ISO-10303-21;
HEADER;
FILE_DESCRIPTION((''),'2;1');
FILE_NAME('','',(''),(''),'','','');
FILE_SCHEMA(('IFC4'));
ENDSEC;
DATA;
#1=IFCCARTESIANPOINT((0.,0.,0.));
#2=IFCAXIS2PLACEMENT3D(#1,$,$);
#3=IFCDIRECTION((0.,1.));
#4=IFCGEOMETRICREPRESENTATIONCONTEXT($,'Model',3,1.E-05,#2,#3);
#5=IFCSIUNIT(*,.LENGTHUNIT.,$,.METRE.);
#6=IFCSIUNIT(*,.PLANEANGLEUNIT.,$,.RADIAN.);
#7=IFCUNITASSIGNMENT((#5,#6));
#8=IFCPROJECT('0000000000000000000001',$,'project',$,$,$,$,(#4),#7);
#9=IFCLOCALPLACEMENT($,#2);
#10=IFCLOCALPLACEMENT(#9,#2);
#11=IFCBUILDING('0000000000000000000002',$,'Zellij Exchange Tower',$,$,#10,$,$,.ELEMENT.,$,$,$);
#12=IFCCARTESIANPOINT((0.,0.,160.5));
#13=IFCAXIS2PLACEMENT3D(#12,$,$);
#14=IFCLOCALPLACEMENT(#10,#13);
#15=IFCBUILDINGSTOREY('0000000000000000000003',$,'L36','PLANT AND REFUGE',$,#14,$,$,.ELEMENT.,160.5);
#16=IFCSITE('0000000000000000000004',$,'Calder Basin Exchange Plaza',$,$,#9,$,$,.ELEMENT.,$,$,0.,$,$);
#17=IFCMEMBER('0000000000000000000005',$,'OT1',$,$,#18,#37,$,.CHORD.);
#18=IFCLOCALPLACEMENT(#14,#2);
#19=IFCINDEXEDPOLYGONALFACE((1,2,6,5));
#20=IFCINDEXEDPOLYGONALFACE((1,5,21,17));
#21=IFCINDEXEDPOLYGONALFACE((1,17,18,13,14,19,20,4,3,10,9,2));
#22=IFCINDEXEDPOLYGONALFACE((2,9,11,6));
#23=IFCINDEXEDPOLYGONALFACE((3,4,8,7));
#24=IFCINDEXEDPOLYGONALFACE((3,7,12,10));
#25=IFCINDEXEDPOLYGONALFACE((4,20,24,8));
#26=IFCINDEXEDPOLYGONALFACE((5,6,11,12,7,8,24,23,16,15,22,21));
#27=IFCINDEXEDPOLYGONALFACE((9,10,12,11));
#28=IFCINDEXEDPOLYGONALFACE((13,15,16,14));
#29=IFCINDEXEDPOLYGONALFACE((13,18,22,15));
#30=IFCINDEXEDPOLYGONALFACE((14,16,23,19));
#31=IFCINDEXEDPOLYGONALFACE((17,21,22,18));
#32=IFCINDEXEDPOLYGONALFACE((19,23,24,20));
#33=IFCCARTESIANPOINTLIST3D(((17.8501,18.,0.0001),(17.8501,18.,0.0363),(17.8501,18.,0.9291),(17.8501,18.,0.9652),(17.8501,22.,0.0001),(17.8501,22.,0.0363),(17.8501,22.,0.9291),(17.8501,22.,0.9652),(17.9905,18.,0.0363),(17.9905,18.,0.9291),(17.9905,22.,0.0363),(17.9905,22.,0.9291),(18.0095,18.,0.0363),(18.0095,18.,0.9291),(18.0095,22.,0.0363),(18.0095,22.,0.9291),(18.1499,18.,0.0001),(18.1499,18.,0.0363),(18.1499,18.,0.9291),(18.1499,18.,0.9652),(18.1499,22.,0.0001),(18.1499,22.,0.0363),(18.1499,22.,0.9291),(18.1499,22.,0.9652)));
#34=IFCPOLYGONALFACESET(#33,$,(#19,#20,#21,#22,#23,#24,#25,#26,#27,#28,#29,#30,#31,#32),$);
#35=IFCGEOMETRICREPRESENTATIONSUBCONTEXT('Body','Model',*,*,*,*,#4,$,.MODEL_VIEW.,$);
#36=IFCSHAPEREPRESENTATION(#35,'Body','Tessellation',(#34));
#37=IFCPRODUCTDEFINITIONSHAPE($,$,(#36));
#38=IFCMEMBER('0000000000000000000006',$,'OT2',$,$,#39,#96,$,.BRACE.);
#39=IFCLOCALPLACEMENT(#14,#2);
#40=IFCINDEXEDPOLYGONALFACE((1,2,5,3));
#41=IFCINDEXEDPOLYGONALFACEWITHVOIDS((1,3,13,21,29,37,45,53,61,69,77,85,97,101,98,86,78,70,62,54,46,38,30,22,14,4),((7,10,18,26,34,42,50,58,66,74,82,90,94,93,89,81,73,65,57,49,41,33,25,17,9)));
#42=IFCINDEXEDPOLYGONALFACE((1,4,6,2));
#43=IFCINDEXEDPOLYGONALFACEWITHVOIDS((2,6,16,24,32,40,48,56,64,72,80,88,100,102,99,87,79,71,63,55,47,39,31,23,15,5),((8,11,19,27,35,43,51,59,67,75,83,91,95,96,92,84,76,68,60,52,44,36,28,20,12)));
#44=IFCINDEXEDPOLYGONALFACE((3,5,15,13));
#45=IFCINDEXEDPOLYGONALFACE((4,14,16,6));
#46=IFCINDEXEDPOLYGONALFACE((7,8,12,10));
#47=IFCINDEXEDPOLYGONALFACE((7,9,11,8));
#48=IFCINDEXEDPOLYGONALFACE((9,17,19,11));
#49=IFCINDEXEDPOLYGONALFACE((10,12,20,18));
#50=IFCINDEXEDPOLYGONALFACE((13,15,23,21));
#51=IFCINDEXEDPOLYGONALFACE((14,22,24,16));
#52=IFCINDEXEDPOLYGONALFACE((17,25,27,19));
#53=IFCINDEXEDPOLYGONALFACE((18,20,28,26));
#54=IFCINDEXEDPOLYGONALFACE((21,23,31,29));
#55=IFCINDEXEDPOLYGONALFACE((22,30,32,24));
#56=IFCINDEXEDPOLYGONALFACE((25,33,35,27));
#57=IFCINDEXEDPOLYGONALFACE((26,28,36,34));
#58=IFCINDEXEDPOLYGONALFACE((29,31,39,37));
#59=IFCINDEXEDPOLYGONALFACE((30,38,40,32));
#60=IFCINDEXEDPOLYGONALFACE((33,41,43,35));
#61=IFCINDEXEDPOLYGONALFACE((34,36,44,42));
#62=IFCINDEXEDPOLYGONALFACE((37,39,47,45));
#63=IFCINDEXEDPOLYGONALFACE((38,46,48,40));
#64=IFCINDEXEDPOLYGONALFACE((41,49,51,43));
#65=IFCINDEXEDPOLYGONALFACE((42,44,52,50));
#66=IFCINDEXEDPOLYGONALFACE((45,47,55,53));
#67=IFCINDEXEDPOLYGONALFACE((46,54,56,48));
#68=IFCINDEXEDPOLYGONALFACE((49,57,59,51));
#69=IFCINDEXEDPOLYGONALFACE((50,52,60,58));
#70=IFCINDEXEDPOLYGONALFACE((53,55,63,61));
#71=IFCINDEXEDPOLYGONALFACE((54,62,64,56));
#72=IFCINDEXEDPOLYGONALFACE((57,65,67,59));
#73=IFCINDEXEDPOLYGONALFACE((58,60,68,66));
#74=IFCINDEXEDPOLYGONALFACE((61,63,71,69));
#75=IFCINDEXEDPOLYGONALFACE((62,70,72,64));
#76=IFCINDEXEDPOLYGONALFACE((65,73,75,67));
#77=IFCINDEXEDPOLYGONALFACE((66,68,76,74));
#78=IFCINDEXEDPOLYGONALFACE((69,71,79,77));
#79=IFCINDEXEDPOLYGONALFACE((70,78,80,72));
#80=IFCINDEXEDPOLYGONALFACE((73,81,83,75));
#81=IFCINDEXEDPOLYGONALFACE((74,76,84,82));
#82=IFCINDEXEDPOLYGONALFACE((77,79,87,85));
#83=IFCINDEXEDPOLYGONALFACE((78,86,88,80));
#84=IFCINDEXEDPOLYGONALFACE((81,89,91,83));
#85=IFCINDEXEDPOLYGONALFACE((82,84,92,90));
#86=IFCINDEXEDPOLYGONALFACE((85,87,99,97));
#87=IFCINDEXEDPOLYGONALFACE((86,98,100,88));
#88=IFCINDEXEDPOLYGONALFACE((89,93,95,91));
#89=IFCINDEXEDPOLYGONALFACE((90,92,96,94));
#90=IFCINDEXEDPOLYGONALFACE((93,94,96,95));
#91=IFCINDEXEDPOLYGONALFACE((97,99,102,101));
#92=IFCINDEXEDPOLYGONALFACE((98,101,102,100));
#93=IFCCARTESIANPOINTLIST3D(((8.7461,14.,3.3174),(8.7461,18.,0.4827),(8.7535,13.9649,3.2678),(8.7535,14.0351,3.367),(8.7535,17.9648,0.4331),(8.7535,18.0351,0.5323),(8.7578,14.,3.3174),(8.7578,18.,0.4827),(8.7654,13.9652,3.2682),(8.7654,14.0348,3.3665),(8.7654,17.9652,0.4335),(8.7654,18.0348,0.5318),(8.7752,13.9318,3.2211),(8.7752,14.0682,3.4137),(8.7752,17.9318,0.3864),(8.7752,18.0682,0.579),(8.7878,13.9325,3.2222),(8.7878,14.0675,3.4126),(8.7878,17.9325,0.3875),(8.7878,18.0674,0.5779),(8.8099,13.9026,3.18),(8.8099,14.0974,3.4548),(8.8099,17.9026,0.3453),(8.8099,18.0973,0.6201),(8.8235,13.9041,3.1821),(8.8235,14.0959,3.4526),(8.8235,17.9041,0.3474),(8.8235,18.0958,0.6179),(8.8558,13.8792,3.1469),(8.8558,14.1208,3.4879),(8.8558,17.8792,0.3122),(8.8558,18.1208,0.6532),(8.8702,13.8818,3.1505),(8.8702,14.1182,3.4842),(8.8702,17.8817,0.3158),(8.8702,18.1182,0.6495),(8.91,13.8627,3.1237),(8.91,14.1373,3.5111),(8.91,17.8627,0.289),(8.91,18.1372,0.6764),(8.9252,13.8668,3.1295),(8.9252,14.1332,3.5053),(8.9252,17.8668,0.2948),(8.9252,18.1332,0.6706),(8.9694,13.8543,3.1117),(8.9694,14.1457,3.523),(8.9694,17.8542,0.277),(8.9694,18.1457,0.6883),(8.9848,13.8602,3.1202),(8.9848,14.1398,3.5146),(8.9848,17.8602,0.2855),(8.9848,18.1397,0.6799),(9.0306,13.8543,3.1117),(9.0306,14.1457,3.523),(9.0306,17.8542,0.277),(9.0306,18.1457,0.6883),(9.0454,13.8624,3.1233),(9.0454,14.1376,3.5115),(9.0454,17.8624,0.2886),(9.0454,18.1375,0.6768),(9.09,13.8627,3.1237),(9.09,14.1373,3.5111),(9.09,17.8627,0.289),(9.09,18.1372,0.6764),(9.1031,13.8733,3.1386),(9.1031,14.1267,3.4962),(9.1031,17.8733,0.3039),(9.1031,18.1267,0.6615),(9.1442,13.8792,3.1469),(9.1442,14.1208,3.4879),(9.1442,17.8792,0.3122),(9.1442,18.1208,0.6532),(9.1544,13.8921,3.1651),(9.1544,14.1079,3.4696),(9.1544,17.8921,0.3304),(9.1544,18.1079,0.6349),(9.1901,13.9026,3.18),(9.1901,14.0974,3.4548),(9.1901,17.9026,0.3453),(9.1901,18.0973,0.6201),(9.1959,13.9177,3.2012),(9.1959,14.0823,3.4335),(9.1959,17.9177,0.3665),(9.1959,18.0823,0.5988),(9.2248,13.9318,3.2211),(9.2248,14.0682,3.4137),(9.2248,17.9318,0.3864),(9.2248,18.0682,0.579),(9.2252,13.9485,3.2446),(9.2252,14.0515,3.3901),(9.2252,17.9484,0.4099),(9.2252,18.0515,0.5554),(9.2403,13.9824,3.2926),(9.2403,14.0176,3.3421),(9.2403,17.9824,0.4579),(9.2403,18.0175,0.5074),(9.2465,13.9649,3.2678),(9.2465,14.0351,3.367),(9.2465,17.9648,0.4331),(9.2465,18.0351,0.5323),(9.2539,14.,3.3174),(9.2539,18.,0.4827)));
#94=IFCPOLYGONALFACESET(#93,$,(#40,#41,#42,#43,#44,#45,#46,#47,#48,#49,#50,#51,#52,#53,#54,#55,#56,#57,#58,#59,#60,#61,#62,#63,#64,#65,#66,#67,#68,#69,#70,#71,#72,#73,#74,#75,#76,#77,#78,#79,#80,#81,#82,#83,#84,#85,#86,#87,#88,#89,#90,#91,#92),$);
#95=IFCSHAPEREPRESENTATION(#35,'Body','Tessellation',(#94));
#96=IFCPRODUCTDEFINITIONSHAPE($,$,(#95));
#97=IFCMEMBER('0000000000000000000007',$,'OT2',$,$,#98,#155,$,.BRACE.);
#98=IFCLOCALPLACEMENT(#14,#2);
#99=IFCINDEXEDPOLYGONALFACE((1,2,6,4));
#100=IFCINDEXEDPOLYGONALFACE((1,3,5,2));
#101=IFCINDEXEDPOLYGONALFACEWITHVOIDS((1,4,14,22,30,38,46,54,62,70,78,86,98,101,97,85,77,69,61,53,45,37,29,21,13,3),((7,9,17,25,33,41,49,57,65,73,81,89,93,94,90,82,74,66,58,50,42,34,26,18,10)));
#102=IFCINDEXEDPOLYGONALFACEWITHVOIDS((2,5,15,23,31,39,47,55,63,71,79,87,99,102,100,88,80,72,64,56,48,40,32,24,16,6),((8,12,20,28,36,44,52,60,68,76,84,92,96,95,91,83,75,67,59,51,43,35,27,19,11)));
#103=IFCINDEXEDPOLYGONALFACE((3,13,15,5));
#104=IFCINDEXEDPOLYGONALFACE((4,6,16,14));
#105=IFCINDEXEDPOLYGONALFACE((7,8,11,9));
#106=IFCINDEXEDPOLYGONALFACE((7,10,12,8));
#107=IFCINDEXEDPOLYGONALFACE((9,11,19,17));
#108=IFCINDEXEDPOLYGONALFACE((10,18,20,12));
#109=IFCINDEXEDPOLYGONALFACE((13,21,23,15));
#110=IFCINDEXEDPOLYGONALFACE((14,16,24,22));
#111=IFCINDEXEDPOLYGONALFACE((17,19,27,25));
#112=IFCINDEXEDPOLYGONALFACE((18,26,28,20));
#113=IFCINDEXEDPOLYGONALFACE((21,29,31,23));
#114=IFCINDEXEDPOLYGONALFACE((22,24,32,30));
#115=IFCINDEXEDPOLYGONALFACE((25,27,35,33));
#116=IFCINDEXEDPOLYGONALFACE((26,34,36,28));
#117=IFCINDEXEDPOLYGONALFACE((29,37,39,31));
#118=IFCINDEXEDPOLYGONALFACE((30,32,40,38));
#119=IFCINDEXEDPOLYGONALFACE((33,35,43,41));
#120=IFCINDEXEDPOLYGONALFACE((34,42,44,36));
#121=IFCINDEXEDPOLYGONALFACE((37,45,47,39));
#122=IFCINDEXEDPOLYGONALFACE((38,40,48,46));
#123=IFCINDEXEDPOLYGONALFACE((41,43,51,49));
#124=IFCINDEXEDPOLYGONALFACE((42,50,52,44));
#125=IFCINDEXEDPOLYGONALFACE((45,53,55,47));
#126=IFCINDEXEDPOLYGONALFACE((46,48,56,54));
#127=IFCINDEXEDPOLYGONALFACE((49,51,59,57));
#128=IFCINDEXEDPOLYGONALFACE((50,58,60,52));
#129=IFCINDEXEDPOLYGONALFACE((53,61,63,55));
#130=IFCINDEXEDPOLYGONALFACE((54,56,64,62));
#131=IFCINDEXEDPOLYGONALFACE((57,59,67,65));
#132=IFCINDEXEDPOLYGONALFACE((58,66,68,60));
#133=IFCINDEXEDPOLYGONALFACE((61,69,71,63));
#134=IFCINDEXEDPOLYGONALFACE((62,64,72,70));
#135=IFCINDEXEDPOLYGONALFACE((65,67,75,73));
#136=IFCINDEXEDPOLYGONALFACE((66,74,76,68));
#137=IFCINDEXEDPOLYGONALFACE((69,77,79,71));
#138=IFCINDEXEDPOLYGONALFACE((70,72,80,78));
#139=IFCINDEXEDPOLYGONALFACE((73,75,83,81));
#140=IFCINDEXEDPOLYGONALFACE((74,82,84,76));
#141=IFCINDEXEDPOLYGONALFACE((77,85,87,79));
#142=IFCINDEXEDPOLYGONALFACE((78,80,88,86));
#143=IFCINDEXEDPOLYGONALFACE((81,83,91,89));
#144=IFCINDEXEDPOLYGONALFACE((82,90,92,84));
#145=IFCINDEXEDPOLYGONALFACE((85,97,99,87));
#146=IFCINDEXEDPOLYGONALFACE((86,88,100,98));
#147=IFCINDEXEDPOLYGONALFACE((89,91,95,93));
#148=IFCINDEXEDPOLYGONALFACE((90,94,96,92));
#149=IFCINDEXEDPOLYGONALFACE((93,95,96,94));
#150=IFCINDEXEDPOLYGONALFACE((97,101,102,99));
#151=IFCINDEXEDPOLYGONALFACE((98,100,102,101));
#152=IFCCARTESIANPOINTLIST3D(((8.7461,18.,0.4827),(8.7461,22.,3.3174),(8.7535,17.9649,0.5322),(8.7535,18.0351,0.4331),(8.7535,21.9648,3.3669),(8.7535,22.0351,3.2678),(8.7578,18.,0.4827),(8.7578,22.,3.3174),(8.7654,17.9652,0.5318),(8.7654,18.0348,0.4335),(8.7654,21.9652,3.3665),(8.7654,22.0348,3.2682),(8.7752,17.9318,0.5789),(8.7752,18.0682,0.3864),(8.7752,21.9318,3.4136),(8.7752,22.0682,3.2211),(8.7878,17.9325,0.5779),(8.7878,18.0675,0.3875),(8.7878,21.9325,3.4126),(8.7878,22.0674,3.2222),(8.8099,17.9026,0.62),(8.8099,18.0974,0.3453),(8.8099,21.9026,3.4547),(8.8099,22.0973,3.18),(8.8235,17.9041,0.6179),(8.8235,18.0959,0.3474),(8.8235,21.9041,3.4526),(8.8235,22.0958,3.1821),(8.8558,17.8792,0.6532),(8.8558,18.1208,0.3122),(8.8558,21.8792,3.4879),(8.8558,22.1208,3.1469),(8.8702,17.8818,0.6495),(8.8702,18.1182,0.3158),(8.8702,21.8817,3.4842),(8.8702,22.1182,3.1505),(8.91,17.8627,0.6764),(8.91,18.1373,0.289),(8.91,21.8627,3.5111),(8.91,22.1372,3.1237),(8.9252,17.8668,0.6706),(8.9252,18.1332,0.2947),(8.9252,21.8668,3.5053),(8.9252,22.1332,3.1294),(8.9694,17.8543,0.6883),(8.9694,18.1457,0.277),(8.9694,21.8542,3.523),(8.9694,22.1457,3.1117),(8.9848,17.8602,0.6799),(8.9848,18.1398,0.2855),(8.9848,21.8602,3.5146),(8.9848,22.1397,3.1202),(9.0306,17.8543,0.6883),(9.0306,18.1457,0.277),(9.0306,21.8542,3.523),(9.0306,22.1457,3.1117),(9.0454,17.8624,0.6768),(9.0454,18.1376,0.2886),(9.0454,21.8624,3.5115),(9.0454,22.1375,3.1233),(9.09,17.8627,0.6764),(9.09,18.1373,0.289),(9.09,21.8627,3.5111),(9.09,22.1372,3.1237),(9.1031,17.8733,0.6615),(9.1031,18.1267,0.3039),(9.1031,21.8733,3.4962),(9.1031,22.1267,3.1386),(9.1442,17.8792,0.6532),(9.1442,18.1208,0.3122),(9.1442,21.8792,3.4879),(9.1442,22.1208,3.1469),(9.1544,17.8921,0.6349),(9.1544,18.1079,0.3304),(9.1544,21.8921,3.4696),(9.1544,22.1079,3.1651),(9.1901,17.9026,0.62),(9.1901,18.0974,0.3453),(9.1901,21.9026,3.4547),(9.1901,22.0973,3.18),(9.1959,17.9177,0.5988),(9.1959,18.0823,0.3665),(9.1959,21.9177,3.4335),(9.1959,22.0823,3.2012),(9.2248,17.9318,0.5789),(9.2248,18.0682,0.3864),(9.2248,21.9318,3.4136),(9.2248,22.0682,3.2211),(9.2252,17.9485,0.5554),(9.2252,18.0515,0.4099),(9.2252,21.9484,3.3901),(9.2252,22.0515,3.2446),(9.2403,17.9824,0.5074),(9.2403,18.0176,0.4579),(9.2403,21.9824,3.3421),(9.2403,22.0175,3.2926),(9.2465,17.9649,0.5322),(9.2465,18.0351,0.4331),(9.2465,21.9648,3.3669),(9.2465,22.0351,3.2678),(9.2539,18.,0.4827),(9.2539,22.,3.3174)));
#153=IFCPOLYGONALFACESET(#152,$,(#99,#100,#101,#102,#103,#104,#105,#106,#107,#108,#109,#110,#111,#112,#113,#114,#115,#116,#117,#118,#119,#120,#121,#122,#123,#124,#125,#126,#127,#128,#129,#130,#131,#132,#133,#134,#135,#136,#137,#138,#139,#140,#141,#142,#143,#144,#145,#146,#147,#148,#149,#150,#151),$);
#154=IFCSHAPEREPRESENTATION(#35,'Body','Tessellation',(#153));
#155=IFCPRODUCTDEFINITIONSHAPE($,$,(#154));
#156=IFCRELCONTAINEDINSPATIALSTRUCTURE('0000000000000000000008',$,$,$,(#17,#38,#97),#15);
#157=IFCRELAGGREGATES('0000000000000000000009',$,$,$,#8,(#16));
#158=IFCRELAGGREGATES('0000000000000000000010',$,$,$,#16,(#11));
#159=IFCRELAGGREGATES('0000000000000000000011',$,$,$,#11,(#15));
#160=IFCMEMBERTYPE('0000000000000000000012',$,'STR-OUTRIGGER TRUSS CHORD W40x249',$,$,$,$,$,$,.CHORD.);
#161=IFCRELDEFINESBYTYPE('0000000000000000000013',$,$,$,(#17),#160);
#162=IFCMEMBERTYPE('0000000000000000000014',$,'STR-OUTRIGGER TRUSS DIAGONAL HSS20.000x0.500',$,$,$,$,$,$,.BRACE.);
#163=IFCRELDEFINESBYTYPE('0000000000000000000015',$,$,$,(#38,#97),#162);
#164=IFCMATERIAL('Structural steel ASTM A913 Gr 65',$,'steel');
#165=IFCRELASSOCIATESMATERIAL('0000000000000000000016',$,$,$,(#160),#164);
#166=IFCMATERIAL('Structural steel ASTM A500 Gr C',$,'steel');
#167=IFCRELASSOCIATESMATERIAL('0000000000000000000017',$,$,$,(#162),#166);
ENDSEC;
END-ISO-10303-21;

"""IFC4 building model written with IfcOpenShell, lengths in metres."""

from ifc_helpers import new_model, si_unit, direction, frame, origin, origin_2d, place, context, subcontext, project, spatial, hollow_circle, i_section, extrude, material, material_profile, profile_set, type_object, element, save


model = new_model("IFC4")

# Units and contexts
model_context = context("Model", 3, precision=1e-05, world=origin(), true_north=direction((0.0, 1.0)))
body_context = subcontext(model_context, "Body", "Model", "MODEL_VIEW")
ifc_project = project(units=[si_unit("LENGTHUNIT", "METRE"), si_unit("PLANEANGLEUNIT", "RADIAN")], contexts=[model_context])

# Site, building, storey
site_placement = place(None, origin())
site = spatial("IfcSite", under=ifc_project, at=site_placement, Name="Calder Basin Exchange Plaza", CompositionType="ELEMENT", RefElevation=0.0)
building_placement = place(site_placement, origin())
building = spatial("IfcBuilding", under=site, at=building_placement, Name="Zellij Exchange Tower", CompositionType="ELEMENT")
storey_placement = place(building_placement, frame((0.0, 0.0, 160.5)))
storey = spatial("IfcBuildingStorey", under=building, at=storey_placement, Name="L36", Description="PLANT AND REFUGE", CompositionType="ELEMENT", Elevation=160.5)

# Shared definitions
ifc_material_1 = material(Name="Structural steel ASTM A913 Gr 65", Category="steel")

# Members
ifc_material_profile_1 = material_profile(ifc_material_1, i_section(OverallWidth=0.2998, OverallDepth=0.9651, WebThickness=0.019, FlangeThickness=0.0361, at=origin_2d()), Name="W40x249")
ifc_profile_set_1 = profile_set([ifc_material_profile_1], Name="Structural steel ASTM A913 Gr 65")
member_type_1 = type_object("IfcMemberType", Name="STR-OUTRIGGER TRUSS CHORD W40x249", PredefinedType="CHORD", material=ifc_profile_set_1)
for number, where, z_axis, x_axis, name in (
    (1, (18.0, 18.0, 0.4827), (0.0, 1.0, 0.0), (-1.0, 0.0, 0.0), "OT1"),
):
    element("IfcMember", number, at=place(storey_placement, frame(where, z_axis=z_axis, x_axis=x_axis)), inside=storey, type_object=member_type_1, Name=name, PredefinedType="CHORD", context=body_context, shape_type="SweptSolid", body=[
        extrude(i_section(OverallWidth=0.2998, OverallDepth=0.9651, WebThickness=0.019, FlangeThickness=0.0361, at=origin_2d()), origin(), (0.0, 0.0, 1.0), 4.0),
    ])
ifc_material_2 = material(Name="Structural steel ASTM A500 Gr C", Category="steel")
ifc_material_profile_2 = material_profile(ifc_material_2, hollow_circle(Radius=0.2539, WallThickness=0.0117, at=origin_2d()), Name="STR-OUTRIGGER TRUSS DIAGONAL HSS20.000x0.500")
ifc_profile_set_2 = profile_set([ifc_material_profile_2], Name="Structural steel ASTM A500 Gr C")
member_type_2 = type_object("IfcMemberType", Name="STR-OUTRIGGER TRUSS DIAGONAL HSS20.000x0.500", PredefinedType="BRACE", material=ifc_profile_set_2)
for number, where, z_axis, x_axis, name in (
    (2, (9.0, 14.0, 3.3174), (0.0, 0.815891, -0.578205), (-1.0, 0.0, 0.0), "OT2"),
    (3, (9.0, 18.0, 0.4827), (0.0, 0.815891, 0.578205), (-1.0, 0.0, 0.0), "OT2"),
):
    element("IfcMember", number, at=place(storey_placement, frame(where, z_axis=z_axis, x_axis=x_axis)), inside=storey, type_object=member_type_2, Name=name, PredefinedType="BRACE", context=body_context, shape_type="SweptSolid", body=[
        extrude(hollow_circle(Radius=0.2539, WallThickness=0.0117, at=origin_2d()), origin(), (0.0, 0.0, 1.0), 4.9026),
    ])

save(model, "model.ifc")
